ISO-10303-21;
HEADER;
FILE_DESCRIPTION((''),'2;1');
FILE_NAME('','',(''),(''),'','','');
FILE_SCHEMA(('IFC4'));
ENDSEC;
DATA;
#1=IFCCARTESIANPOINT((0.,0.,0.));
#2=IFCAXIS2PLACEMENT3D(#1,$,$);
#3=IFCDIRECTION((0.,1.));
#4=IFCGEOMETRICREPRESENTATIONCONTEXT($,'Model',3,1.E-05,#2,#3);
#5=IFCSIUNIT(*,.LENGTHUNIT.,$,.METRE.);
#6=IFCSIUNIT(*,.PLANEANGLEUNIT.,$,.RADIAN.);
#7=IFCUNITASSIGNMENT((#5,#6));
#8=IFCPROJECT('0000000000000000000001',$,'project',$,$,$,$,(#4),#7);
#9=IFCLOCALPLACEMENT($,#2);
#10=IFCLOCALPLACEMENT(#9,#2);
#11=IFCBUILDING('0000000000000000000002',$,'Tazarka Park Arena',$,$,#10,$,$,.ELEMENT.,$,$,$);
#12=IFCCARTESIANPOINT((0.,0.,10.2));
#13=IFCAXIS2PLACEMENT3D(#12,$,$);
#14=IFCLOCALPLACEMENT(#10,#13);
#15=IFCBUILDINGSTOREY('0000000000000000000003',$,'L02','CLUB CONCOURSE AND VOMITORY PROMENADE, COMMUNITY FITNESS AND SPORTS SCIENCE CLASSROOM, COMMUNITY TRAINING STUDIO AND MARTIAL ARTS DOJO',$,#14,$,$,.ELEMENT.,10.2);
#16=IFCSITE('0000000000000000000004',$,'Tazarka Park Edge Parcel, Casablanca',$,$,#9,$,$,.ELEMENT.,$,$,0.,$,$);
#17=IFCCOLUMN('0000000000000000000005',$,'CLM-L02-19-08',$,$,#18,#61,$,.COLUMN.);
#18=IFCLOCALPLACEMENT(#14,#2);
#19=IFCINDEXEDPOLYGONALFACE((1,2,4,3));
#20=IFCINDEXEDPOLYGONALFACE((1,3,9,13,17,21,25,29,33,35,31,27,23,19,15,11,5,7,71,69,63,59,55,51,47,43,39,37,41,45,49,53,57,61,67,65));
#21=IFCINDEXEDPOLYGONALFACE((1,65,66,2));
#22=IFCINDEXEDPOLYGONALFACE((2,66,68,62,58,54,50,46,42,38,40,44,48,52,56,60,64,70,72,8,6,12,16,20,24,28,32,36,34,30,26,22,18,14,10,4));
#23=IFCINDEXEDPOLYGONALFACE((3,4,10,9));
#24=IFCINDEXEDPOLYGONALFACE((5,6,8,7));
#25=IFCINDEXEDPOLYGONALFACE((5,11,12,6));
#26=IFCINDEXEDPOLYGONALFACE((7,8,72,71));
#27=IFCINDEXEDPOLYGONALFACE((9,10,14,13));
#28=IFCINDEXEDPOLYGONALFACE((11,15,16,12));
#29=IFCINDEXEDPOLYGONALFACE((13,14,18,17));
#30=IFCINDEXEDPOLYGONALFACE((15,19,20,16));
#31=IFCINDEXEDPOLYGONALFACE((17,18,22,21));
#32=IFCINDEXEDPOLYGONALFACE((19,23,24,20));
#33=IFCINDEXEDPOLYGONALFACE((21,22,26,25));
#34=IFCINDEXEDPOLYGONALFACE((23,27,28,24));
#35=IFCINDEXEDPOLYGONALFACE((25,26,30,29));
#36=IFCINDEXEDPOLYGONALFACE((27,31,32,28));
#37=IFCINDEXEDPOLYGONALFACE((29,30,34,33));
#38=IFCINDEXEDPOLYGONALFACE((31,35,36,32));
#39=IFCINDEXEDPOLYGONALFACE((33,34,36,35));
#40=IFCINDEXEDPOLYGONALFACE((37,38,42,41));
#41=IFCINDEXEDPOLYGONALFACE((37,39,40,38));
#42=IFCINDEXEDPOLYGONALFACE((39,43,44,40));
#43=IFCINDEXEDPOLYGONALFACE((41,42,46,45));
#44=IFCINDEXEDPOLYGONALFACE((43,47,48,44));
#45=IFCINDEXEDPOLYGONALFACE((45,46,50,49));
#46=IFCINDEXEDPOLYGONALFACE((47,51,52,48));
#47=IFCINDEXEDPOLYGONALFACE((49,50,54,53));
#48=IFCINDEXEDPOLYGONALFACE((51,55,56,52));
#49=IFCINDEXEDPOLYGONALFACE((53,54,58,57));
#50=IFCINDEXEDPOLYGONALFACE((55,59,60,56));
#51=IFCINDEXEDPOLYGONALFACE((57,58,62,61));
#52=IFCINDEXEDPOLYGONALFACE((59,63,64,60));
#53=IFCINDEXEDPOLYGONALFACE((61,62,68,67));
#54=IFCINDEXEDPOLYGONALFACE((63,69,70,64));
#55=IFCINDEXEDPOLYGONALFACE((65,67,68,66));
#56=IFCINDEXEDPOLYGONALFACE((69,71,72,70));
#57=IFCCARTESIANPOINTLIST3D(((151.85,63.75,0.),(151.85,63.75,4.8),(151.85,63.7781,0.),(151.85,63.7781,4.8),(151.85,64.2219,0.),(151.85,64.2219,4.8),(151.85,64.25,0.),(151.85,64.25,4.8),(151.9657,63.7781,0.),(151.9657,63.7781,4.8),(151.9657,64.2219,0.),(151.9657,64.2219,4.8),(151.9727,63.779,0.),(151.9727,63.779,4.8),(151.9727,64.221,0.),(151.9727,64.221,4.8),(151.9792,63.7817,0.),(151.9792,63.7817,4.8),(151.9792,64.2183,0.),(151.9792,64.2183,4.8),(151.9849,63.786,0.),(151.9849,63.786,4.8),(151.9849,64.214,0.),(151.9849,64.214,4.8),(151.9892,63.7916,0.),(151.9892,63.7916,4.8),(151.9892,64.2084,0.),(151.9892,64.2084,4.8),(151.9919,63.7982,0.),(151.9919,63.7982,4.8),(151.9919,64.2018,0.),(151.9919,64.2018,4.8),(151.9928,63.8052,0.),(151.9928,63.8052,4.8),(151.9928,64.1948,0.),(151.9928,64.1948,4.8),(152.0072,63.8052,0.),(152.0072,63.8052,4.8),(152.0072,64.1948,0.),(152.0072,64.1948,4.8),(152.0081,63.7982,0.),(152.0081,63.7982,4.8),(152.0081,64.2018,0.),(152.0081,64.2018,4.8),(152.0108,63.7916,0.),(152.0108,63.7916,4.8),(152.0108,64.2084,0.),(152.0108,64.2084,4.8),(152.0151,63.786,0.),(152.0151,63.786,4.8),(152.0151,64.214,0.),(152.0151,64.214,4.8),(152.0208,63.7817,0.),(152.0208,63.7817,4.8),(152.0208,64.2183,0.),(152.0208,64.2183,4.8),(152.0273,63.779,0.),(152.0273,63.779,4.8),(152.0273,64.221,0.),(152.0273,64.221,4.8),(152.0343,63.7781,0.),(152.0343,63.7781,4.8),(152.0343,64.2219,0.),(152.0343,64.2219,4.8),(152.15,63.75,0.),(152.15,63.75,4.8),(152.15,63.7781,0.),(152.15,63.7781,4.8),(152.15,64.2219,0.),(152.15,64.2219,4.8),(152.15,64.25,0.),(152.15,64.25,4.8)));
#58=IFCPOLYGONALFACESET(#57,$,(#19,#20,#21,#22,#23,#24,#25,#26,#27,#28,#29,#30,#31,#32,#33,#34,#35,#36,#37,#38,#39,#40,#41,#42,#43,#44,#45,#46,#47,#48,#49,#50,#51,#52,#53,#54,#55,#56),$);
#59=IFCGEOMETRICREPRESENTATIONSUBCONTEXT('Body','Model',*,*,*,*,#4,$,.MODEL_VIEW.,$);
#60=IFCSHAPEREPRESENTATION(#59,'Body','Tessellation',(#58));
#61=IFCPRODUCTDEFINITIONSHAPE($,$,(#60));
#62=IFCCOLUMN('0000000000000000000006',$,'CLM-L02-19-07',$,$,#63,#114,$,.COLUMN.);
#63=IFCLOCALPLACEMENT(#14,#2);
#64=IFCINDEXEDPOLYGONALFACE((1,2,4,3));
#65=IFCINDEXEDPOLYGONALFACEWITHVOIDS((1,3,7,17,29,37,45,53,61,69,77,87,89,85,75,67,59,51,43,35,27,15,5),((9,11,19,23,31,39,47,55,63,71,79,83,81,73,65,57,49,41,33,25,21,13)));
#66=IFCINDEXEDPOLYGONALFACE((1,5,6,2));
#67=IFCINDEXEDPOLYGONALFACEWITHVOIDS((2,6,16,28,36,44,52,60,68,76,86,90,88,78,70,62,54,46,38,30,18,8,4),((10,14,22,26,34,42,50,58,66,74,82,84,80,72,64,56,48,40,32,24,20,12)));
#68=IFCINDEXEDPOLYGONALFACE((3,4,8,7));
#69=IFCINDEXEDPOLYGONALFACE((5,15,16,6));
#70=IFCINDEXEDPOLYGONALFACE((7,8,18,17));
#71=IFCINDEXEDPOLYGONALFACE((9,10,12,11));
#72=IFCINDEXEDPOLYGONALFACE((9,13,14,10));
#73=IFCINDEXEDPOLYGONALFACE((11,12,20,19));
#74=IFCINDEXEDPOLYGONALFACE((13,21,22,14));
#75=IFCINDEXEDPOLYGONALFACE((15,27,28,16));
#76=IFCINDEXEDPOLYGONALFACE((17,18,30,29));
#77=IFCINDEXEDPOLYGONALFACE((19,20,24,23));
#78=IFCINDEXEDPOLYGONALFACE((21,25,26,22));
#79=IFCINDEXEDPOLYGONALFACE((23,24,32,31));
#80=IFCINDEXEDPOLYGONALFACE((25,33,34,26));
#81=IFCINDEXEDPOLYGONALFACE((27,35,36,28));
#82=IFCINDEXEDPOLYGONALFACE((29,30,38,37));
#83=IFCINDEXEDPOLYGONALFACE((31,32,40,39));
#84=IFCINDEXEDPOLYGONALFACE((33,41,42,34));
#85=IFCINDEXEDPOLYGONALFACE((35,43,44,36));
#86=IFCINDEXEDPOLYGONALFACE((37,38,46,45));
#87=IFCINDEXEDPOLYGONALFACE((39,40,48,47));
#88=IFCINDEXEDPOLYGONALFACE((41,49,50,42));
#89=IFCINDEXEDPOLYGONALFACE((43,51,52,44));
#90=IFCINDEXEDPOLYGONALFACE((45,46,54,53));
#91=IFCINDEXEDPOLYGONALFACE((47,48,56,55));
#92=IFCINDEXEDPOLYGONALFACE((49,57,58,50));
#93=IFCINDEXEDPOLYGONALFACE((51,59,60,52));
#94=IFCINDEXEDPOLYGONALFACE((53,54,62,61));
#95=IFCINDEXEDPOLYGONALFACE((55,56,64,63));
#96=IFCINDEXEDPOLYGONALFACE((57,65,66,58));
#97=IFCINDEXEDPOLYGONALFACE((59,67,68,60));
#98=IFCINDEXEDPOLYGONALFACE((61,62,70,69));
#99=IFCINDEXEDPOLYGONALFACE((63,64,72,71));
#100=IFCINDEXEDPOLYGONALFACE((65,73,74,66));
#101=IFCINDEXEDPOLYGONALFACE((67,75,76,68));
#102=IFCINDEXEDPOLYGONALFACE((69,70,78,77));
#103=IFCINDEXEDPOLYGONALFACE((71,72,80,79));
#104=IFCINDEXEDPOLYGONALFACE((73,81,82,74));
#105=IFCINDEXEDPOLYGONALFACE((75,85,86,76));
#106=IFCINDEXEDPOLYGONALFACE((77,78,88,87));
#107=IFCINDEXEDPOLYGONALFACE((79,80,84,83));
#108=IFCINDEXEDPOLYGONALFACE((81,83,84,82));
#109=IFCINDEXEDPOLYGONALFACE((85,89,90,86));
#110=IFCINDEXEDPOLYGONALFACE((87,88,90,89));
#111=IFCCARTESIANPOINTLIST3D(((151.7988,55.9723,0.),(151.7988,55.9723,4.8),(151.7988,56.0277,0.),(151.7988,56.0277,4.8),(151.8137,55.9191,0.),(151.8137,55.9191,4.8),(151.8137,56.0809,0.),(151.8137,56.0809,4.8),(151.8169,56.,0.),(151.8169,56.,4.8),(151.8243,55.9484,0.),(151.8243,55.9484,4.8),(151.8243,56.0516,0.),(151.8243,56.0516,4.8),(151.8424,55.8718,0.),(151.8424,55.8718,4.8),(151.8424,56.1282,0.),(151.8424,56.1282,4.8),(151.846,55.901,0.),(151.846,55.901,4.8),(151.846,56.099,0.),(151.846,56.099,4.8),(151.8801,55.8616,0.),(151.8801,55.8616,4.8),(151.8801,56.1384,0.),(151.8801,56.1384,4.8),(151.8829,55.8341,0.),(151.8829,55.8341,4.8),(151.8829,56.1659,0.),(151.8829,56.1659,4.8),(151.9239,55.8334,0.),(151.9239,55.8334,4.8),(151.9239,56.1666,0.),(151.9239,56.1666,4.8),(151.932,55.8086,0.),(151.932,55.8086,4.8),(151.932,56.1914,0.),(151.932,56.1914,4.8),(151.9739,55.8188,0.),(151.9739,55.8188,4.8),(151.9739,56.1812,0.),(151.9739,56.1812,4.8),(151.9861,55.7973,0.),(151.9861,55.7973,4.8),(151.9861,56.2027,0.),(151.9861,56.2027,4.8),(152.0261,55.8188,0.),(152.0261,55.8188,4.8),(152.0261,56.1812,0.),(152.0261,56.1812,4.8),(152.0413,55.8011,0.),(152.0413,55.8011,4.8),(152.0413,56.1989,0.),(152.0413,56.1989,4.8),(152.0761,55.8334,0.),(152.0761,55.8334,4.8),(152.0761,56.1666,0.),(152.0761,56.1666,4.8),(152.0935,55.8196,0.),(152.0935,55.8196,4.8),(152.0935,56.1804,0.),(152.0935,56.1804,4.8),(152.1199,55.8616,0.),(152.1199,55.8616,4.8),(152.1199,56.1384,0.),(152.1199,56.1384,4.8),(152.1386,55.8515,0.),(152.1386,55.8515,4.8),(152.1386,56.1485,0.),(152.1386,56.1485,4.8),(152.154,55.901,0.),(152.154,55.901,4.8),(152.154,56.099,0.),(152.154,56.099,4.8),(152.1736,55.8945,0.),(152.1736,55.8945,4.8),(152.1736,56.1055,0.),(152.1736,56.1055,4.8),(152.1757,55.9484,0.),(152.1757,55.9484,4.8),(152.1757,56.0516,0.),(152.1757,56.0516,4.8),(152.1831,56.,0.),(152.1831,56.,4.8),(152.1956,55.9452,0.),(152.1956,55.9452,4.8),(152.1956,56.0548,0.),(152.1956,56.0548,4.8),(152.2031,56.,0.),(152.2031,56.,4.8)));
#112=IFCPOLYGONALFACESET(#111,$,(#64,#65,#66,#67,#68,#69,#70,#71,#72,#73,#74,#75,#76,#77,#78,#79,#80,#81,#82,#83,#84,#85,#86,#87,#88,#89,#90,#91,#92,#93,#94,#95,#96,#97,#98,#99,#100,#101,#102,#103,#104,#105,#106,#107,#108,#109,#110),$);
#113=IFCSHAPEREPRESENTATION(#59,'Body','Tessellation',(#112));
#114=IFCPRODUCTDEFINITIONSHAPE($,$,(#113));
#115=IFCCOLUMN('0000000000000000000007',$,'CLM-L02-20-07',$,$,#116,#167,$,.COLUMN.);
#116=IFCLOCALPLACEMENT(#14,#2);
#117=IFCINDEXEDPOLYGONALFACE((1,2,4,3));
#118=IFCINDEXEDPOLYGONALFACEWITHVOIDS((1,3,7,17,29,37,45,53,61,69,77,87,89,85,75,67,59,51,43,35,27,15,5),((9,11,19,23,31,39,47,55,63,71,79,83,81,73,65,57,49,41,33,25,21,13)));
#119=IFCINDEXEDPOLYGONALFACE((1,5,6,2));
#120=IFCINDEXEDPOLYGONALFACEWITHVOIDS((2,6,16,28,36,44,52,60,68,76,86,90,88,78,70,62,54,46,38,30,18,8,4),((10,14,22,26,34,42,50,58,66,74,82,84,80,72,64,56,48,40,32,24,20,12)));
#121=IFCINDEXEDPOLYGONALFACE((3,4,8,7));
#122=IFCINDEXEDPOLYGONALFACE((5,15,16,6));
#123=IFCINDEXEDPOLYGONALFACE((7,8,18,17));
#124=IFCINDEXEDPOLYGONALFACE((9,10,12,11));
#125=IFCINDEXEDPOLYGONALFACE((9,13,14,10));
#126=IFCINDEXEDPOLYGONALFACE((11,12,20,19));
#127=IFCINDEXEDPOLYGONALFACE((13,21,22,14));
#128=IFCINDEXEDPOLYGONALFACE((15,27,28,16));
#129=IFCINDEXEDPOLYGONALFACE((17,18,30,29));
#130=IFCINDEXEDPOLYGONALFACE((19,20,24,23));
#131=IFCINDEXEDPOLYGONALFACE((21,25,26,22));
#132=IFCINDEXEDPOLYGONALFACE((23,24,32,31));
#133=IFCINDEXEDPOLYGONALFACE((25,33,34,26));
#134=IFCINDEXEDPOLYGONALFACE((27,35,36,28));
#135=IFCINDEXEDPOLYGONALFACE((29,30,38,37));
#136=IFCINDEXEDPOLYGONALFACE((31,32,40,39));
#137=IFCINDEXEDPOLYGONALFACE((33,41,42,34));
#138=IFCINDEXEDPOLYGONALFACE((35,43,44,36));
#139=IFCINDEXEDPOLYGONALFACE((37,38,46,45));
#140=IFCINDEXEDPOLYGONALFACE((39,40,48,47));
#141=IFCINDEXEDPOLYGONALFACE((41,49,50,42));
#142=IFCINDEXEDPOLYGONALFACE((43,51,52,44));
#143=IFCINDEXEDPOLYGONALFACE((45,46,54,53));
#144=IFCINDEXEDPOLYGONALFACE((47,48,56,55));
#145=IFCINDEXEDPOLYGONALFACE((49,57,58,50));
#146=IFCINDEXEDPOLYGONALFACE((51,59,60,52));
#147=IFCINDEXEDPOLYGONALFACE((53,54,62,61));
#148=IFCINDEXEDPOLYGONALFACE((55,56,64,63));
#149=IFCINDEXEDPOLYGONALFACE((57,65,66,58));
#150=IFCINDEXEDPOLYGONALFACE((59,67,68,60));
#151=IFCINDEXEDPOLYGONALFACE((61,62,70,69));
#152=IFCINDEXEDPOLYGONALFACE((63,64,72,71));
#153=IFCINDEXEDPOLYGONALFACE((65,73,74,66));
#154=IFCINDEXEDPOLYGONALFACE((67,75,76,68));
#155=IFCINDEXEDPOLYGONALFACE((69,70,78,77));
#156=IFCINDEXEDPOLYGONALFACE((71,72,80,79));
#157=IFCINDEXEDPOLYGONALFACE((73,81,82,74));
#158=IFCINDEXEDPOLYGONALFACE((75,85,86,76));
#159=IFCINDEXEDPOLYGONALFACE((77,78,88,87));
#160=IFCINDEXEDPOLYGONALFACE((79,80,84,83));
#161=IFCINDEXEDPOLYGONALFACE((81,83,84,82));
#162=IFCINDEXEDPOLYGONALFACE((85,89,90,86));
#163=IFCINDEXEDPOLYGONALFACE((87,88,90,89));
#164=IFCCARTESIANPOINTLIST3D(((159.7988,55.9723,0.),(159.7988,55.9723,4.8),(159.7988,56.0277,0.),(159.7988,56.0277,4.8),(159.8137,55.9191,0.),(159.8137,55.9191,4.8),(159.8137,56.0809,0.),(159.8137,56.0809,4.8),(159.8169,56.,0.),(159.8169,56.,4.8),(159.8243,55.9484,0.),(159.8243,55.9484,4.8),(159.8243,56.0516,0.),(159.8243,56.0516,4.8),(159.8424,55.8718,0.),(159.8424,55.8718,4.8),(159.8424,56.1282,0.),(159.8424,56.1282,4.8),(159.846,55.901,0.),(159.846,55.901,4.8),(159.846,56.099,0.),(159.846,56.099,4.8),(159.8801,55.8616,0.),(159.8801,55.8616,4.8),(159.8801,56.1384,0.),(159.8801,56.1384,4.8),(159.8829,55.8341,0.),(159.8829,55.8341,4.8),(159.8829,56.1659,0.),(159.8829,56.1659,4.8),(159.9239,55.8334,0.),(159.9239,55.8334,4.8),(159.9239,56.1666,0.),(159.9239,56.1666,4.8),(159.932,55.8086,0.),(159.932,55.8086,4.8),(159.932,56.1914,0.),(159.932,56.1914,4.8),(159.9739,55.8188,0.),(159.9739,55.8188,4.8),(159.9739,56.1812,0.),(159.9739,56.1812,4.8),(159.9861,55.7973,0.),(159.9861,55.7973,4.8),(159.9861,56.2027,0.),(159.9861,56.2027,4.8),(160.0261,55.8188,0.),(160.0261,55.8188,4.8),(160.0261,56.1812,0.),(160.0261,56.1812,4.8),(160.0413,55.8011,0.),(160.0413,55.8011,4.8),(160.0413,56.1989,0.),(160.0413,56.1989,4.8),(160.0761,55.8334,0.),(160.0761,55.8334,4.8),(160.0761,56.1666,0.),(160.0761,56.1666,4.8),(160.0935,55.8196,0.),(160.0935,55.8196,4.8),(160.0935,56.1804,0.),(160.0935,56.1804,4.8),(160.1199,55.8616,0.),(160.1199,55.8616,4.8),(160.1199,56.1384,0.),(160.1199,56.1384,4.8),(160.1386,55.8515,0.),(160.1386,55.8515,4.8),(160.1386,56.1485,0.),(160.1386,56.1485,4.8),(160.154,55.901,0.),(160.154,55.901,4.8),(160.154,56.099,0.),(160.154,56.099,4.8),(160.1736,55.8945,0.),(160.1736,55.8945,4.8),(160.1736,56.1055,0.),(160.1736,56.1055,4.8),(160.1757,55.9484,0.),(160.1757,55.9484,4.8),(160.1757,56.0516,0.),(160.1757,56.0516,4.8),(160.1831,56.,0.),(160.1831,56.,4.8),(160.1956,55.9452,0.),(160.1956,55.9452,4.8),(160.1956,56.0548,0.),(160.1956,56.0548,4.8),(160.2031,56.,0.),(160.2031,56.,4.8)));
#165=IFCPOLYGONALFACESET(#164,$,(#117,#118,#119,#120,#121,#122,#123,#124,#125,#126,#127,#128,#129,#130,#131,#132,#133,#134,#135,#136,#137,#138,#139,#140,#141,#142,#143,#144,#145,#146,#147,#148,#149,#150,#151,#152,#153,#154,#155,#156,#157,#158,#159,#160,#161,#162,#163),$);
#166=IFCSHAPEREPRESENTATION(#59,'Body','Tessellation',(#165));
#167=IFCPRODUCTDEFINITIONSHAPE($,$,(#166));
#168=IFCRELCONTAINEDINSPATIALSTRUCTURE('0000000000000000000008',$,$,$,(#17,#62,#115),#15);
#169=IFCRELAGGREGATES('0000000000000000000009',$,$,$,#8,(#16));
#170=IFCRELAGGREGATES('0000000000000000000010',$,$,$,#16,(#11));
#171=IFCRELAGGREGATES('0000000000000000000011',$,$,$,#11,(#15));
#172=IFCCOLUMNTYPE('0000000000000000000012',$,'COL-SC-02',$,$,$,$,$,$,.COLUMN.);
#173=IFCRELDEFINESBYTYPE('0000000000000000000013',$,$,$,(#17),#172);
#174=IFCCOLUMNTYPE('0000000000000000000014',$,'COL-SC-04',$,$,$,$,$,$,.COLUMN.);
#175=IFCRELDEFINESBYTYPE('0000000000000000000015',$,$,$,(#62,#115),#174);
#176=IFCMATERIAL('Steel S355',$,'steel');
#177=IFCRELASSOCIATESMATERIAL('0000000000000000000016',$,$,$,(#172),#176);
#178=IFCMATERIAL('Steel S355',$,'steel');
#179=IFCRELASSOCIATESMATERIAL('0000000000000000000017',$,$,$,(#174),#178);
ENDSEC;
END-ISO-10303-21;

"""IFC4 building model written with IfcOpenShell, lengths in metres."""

from ifc_helpers import new_model, si_unit, direction, frame, origin, origin_2d, place, context, subcontext, project, spatial, hollow_circle, i_section, extrude, material, material_profile, profile_set, type_object, element, save


model = new_model("IFC4")

# Units and contexts
model_context = context("Model", 3, precision=1e-05, world=origin(), true_north=direction((0.0, 1.0)))
body_context = subcontext(model_context, "Body", "Model", "MODEL_VIEW")
ifc_project = project(units=[si_unit("LENGTHUNIT", "METRE"), si_unit("PLANEANGLEUNIT", "RADIAN")], contexts=[model_context])

# Site, building, storey
site_placement = place(None, origin())
site = spatial("IfcSite", under=ifc_project, at=site_placement, Name="Tazarka Park Edge Parcel, Casablanca", CompositionType="ELEMENT", RefElevation=0.0)
building_placement = place(site_placement, origin())
building = spatial("IfcBuilding", under=site, at=building_placement, Name="Tazarka Park Arena", CompositionType="ELEMENT")
storey_placement = place(building_placement, frame((0.0, 0.0, 10.2)))
storey = spatial("IfcBuildingStorey", under=building, at=storey_placement, Name="L02", Description="CLUB CONCOURSE AND VOMITORY PROMENADE, COMMUNITY FITNESS AND SPORTS SCIENCE CLASSROOM, COMMUNITY TRAINING STUDIO AND MARTIAL ARTS DOJO", CompositionType="ELEMENT", Elevation=10.2)

# Columns
ifc_material_1 = material(Name="Steel S355", Category="steel")
ifc_material_profile_1 = material_profile(ifc_material_1, i_section(OverallWidth=0.3, OverallDepth=0.5, WebThickness=0.0144, FlangeThickness=0.0281, FilletRadius=0.0271, at=origin_2d()), Name="Steel S355")
ifc_profile_set_1 = profile_set([ifc_material_profile_1], Name="Steel S355")
column_type_1 = type_object("IfcColumnType", Name="COL-SC-02", PredefinedType="COLUMN", material=ifc_profile_set_1)
column_placement = place(storey_placement, frame((152.0, 64.0, 0.0), z_axis=(0.0, 0.0, 1.0), x_axis=(1.0, 0.0, 0.0)))
element("IfcColumn", 1, at=column_placement, inside=storey, type_object=column_type_1, Name="CLM-L02-19-08", PredefinedType="COLUMN", context=body_context, shape_type="SweptSolid", body=[
    extrude(i_section(OverallWidth=0.3, OverallDepth=0.5, WebThickness=0.0144, FlangeThickness=0.0281, FilletRadius=0.0271, at=origin_2d()), origin(), (0.0, 0.0, 1.0), 4.8),
])
ifc_material_2 = material(Name="Steel S355", Category="steel")
ifc_material_profile_2 = material_profile(ifc_material_2, hollow_circle(Radius=0.2031, WallThickness=0.02, at=origin_2d()), Name="Steel S355")
ifc_profile_set_2 = profile_set([ifc_material_profile_2], Name="Steel S355")
column_type_2 = type_object("IfcColumnType", Name="COL-SC-04", PredefinedType="COLUMN", material=ifc_profile_set_2)
for number, where, z_axis, x_axis, name in (
    (2, (152.0, 56.0, 0.0), (0.0, 0.0, 1.0), (1.0, 0.0, 0.0), "CLM-L02-19-07"),
    (3, (160.0, 56.0, 0.0), (0.0, 0.0, 1.0), (1.0, 0.0, 0.0), "CLM-L02-20-07"),
):
    element("IfcColumn", number, at=place(storey_placement, frame(where, z_axis=z_axis, x_axis=x_axis)), inside=storey, type_object=column_type_2, Name=name, PredefinedType="COLUMN", context=body_context, shape_type="SweptSolid", body=[
        extrude(hollow_circle(Radius=0.2031, WallThickness=0.02, at=origin_2d()), origin(), (0.0, 0.0, 1.0), 4.8),
    ])

save(model, "model.ifc")
